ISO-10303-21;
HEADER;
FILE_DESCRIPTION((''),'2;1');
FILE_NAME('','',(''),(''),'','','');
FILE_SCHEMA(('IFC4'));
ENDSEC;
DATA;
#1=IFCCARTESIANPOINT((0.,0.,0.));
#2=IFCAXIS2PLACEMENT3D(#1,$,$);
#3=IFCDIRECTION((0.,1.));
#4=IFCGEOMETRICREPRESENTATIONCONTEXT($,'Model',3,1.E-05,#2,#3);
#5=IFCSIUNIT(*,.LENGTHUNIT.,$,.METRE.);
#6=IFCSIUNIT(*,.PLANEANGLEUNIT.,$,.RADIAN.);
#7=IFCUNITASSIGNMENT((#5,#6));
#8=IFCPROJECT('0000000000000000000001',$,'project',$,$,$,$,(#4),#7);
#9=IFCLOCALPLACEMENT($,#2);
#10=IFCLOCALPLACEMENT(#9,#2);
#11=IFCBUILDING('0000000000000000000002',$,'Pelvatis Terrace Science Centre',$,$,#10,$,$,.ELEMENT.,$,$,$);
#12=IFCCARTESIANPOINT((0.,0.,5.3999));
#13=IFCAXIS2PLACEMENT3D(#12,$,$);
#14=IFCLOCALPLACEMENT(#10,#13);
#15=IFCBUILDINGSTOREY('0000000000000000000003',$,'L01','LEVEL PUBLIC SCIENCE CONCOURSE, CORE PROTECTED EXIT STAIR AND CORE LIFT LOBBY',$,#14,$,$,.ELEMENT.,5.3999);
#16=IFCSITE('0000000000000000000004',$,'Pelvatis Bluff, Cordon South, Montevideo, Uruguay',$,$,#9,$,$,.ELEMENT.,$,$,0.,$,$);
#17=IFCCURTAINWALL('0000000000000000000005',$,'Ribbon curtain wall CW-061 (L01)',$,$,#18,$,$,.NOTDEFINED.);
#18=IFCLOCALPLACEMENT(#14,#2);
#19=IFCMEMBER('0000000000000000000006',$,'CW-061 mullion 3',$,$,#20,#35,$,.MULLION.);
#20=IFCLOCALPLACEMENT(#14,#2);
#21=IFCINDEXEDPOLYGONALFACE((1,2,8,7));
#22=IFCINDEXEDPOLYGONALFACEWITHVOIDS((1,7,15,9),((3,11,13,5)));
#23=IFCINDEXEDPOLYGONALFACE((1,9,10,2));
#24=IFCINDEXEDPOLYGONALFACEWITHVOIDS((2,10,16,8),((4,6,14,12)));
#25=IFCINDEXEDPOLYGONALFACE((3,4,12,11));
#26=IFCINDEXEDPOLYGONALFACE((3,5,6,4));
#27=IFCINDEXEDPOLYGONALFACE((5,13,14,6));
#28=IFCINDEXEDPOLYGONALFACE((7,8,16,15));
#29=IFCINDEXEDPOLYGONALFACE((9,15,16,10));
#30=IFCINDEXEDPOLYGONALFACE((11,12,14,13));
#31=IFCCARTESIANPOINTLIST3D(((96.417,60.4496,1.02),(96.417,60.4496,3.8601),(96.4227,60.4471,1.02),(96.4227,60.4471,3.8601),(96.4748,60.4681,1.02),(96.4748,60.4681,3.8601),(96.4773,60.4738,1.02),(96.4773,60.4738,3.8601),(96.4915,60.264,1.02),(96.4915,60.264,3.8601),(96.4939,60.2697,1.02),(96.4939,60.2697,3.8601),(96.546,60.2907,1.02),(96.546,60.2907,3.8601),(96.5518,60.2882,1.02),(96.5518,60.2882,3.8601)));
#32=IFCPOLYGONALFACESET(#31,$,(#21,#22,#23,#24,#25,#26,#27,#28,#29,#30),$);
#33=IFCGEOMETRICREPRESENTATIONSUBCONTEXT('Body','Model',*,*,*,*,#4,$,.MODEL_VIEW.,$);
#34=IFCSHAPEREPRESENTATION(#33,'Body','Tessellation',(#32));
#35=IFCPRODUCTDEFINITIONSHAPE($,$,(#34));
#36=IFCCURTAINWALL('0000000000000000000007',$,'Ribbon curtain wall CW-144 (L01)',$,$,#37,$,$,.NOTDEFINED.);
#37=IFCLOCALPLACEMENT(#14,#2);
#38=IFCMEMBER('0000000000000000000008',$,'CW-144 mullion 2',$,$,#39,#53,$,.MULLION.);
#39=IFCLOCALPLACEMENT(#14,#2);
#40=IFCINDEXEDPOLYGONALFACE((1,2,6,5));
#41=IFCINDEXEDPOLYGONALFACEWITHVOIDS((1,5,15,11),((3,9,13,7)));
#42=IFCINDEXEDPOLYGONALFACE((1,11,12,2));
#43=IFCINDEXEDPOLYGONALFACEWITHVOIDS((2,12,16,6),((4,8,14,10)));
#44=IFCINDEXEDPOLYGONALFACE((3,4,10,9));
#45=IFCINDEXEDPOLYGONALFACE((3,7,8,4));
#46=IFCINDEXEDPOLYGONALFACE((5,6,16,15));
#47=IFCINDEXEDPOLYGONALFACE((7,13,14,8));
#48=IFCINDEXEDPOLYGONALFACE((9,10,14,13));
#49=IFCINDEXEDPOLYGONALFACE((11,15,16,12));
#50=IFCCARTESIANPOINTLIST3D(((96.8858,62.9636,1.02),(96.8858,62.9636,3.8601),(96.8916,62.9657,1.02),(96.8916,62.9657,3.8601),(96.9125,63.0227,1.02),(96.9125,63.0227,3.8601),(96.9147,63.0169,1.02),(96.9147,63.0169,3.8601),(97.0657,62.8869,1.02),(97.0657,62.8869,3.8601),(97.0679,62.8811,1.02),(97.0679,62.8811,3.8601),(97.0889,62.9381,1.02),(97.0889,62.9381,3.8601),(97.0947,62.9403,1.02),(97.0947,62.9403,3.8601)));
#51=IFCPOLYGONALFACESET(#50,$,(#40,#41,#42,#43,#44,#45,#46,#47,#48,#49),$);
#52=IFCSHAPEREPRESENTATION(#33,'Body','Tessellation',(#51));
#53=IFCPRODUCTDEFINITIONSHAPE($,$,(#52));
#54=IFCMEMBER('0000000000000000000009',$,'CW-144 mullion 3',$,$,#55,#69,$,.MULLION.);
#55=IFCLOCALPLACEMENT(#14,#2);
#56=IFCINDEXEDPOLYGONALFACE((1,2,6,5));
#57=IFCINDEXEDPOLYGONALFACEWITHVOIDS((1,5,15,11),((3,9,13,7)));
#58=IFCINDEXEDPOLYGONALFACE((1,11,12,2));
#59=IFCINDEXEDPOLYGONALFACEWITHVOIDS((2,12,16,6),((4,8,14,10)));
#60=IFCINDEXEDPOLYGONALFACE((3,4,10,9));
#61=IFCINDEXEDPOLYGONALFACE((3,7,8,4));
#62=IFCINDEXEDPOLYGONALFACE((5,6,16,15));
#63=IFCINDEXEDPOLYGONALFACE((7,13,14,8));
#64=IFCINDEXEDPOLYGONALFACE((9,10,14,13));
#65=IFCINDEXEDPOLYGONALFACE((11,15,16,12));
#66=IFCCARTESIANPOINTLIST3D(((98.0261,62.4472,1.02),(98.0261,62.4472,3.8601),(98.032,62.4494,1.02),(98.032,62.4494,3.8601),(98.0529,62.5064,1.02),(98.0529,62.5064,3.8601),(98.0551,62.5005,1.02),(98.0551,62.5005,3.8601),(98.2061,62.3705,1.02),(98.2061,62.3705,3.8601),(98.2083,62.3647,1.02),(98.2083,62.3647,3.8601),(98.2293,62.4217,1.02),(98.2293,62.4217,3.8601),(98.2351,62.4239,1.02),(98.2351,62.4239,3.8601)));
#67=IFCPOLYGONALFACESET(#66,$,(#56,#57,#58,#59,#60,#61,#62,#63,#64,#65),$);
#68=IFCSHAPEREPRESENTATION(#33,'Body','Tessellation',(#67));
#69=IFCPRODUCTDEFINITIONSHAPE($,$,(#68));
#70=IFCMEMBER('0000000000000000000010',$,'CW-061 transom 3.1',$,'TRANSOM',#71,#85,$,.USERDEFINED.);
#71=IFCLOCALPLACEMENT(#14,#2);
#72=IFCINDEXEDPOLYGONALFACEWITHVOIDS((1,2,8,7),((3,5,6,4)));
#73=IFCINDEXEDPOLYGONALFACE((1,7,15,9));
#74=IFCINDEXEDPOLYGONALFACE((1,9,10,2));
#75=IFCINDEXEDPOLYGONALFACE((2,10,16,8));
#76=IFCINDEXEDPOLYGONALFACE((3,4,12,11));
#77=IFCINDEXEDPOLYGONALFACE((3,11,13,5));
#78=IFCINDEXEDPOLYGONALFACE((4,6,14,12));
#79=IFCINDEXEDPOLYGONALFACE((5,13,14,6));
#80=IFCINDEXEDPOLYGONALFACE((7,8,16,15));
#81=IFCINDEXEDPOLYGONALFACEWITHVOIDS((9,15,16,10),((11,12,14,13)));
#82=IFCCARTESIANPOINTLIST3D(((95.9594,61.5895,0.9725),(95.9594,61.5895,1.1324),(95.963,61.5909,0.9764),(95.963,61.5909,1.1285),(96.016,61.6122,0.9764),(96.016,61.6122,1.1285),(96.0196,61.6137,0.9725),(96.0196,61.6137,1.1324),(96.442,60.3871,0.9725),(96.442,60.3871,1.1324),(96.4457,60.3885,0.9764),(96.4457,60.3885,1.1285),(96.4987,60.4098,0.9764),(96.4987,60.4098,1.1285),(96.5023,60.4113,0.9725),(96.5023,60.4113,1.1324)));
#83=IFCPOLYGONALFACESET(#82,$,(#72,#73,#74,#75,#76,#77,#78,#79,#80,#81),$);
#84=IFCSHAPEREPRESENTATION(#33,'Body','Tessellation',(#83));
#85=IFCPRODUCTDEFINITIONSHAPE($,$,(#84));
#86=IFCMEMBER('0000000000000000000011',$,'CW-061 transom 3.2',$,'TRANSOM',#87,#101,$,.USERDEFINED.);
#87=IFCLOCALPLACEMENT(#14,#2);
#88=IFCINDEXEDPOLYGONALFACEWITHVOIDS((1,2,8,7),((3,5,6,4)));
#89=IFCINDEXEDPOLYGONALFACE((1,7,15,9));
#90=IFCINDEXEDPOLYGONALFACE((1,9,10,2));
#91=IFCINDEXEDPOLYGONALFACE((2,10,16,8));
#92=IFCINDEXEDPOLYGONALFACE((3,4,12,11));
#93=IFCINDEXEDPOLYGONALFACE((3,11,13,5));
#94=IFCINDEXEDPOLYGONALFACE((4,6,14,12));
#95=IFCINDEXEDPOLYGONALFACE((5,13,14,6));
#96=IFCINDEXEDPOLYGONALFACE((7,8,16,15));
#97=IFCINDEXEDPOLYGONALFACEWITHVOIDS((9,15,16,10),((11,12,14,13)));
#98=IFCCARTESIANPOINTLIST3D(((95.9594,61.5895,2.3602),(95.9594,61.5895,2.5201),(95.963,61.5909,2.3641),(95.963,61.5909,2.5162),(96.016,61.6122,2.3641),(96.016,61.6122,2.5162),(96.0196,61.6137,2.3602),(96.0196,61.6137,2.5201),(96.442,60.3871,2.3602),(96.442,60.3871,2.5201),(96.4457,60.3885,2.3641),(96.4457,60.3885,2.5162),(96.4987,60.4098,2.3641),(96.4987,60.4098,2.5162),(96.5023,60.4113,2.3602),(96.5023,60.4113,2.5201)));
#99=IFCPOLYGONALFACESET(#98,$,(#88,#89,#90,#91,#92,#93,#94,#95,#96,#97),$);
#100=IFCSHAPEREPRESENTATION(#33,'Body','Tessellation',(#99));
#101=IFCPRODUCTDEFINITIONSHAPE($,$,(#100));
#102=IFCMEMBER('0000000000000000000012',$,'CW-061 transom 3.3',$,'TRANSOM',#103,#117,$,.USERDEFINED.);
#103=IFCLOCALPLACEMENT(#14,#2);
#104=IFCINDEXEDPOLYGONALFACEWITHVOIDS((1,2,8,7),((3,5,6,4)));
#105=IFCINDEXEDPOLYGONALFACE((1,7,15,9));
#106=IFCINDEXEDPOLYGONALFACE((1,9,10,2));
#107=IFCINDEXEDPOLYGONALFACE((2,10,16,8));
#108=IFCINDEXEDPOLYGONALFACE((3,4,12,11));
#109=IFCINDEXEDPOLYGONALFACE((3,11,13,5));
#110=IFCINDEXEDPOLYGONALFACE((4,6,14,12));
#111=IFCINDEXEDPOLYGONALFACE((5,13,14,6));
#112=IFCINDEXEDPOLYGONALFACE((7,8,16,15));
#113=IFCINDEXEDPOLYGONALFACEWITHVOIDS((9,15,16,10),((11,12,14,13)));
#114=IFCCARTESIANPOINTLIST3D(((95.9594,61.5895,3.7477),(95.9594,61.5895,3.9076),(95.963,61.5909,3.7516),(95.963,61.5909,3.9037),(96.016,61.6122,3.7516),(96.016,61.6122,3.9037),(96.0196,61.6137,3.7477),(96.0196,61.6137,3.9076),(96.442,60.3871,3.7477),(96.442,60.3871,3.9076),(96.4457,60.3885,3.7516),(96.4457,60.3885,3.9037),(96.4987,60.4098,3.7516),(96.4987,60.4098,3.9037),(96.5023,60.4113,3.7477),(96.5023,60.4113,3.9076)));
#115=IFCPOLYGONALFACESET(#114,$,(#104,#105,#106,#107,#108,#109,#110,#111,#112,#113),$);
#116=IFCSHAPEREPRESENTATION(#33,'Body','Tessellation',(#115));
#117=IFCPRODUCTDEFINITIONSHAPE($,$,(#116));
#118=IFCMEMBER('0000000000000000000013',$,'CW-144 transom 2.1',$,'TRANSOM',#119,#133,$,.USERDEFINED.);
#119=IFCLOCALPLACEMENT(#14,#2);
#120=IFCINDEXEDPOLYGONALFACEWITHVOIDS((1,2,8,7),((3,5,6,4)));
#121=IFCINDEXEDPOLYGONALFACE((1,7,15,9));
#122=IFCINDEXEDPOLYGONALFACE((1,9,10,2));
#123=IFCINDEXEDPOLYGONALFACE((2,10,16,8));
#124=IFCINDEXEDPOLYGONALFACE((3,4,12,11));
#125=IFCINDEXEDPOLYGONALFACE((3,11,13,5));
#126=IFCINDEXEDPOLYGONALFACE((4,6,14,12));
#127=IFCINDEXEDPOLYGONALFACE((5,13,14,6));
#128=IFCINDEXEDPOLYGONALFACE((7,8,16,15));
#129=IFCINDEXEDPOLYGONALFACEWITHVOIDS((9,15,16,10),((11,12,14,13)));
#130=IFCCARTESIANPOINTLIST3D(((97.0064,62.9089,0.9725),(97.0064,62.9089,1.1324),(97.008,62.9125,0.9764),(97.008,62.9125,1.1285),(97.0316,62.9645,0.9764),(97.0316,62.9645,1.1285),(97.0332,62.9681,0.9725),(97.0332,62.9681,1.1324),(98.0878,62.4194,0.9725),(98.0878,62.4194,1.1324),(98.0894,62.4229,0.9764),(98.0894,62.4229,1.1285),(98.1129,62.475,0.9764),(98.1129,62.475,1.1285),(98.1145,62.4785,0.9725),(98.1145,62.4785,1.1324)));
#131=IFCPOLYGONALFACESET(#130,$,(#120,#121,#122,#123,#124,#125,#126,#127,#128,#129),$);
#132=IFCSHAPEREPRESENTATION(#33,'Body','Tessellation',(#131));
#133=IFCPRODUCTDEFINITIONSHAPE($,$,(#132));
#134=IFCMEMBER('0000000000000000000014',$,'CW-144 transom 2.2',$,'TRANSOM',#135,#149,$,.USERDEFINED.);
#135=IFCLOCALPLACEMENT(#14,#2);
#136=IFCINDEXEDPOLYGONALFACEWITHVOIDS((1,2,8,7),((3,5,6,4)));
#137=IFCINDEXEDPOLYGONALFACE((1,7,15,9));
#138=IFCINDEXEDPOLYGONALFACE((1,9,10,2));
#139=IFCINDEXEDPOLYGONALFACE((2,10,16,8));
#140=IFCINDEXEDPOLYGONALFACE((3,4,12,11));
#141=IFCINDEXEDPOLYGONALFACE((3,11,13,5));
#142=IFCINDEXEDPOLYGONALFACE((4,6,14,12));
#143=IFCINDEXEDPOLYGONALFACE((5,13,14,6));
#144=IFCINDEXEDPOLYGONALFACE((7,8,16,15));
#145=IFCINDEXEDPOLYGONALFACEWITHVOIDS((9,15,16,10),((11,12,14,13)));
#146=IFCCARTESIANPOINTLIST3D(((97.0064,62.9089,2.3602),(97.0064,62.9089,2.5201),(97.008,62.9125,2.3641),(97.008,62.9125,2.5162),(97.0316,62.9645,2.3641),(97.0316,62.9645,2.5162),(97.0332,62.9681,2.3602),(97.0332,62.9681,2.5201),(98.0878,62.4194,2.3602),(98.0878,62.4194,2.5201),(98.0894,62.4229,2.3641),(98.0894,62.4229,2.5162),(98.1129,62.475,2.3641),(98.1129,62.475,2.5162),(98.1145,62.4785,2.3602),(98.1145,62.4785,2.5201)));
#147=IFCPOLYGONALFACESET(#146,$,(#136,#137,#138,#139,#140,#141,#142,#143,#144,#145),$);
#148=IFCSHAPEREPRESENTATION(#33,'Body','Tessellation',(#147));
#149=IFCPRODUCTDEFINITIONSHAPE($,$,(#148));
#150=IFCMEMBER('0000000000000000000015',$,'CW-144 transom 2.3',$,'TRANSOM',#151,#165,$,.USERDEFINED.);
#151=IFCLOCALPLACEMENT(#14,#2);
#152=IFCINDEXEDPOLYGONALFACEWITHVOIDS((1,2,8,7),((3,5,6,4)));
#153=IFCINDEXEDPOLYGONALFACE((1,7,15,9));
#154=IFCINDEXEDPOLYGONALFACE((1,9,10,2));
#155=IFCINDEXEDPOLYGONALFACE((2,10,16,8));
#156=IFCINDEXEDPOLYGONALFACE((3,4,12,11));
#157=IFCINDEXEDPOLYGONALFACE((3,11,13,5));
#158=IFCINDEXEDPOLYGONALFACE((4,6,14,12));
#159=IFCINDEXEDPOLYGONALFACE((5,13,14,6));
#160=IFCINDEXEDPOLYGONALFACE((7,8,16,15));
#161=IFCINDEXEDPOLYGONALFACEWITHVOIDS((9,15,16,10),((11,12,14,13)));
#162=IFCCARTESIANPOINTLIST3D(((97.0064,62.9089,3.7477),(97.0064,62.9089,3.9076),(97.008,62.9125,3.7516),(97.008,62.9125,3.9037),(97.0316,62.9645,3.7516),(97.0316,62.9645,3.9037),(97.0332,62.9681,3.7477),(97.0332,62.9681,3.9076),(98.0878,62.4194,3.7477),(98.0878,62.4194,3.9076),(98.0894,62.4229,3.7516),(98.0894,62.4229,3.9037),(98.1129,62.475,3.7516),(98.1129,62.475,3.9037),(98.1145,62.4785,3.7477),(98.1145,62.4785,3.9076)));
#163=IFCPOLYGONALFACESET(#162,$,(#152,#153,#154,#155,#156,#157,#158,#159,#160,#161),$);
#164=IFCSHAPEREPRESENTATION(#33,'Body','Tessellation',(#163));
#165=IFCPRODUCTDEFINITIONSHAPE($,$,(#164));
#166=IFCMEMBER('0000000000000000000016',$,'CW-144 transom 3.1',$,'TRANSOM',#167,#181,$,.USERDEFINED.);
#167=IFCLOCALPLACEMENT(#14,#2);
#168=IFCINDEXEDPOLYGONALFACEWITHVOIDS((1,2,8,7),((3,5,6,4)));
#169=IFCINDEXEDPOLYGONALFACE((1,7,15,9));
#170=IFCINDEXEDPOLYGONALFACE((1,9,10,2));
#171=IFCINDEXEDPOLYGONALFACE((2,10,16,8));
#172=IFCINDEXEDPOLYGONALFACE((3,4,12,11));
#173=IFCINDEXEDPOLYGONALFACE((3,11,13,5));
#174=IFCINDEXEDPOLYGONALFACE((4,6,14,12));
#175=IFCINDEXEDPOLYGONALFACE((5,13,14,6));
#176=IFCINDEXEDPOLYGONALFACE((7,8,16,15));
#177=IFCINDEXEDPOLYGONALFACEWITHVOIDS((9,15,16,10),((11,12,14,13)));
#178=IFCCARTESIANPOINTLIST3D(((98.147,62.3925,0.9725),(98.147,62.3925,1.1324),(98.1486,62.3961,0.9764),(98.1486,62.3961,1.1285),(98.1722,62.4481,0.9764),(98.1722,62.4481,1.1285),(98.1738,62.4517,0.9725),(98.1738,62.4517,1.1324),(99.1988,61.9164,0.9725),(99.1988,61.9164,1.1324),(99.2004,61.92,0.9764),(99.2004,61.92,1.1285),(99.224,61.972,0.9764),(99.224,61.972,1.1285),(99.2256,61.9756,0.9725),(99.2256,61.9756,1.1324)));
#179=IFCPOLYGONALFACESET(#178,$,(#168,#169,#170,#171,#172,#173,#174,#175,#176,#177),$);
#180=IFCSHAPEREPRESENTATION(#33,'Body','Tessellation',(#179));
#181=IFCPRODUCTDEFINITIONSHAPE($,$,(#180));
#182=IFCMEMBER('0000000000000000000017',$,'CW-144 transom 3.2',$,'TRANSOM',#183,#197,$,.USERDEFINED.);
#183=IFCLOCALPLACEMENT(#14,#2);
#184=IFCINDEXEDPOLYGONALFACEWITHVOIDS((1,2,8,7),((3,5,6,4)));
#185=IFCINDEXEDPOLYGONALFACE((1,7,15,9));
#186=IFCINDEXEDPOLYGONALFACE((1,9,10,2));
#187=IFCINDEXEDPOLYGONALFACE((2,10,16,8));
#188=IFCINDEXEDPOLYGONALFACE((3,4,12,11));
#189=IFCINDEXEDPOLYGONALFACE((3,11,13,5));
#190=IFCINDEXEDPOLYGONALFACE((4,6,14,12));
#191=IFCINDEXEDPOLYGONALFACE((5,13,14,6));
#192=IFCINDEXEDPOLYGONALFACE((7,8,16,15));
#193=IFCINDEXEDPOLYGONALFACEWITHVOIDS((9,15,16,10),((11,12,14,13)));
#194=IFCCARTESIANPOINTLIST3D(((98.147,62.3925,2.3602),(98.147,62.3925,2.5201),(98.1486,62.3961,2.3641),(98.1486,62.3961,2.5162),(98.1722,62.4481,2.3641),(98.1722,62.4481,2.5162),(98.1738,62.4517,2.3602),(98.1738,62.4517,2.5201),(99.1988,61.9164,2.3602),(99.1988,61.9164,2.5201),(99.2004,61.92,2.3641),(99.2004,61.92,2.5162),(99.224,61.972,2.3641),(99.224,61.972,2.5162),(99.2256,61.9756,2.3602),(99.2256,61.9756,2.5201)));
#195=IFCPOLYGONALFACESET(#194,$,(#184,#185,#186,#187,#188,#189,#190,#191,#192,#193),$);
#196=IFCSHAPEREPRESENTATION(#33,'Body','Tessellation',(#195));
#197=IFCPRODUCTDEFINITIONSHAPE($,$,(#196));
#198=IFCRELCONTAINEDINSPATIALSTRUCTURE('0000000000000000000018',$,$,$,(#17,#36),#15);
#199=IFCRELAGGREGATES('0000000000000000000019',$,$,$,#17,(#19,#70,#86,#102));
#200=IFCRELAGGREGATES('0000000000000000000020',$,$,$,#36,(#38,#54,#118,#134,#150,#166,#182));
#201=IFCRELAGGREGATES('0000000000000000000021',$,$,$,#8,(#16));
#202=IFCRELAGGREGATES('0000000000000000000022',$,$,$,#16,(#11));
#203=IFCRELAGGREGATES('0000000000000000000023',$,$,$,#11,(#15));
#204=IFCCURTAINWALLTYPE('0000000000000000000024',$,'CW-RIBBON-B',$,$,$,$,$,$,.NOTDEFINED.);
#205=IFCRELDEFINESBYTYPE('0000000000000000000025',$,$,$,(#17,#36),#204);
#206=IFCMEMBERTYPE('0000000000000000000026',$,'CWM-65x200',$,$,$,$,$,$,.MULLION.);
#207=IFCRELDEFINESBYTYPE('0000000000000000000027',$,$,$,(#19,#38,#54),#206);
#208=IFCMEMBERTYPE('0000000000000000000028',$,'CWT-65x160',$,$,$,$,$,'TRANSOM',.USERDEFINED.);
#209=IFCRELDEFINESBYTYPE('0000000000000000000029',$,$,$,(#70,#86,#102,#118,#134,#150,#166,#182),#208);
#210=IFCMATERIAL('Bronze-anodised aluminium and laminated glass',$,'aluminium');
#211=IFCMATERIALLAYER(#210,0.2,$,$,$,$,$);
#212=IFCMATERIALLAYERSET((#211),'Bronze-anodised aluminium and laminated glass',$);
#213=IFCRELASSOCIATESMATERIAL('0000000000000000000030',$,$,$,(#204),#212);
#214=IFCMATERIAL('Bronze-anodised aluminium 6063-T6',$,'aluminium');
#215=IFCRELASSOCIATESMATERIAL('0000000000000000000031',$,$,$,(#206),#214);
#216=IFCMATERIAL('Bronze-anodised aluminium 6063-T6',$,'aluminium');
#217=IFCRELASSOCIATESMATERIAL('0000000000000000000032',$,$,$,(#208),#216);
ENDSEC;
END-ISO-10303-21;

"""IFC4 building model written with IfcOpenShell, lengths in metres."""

from ifc_helpers import new_model, si_unit, direction, frame, origin, origin_2d, place, context, subcontext, project, spatial, hollow_rectangle, extrude, material, layer, layer_set, material_profile, profile_set, type_object, element, aggregate, save


model = new_model("IFC4")

# Units and contexts
model_context = context("Model", 3, precision=1e-05, world=origin(), true_north=direction((0.0, 1.0)))
body_context = subcontext(model_context, "Body", "Model", "MODEL_VIEW")
ifc_project = project(units=[si_unit("LENGTHUNIT", "METRE"), si_unit("PLANEANGLEUNIT", "RADIAN")], contexts=[model_context])

# Site, building, storey
site_placement = place(None, origin())
site = spatial("IfcSite", under=ifc_project, at=site_placement, Name="Pelvatis Bluff, Cordon South, Montevideo, Uruguay", CompositionType="ELEMENT", RefElevation=0.0)
building_placement = place(site_placement, origin())
building = spatial("IfcBuilding", under=site, at=building_placement, Name="Pelvatis Terrace Science Centre", CompositionType="ELEMENT")
storey_placement = place(building_placement, frame((0.0, 0.0, 5.3999)))
storey = spatial("IfcBuildingStorey", under=building, at=storey_placement, Name="L01", Description="LEVEL PUBLIC SCIENCE CONCOURSE, CORE PROTECTED EXIT STAIR AND CORE LIFT LOBBY", CompositionType="ELEMENT", Elevation=5.3999)

# Curtain wall, member
ifc_material_1 = material(Name="Bronze-anodised aluminium and laminated glass", Category="aluminium")
ifc_layer_1 = layer(ifc_material_1, 0.2)
ifc_layer_set_1 = layer_set([ifc_layer_1], Name="Bronze-anodised aluminium and laminated glass")
curtain_wall_type = type_object("IfcCurtainWallType", Name="CW-RIBBON-B", PredefinedType="NOTDEFINED", material=ifc_layer_set_1)
curtain_wall_1_placement = place(storey_placement, origin())
curtain_wall_1 = element("IfcCurtainWall", 1, at=curtain_wall_1_placement, inside=storey, type_object=curtain_wall_type, Name="Ribbon curtain wall CW-061 (L01)", PredefinedType="NOTDEFINED")
ifc_material_2 = material(Name="Bronze-anodised aluminium 6063-T6", Category="aluminium")
ifc_material_profile_1 = material_profile(ifc_material_2, hollow_rectangle(XDim=0.0649, YDim=0.2, WallThickness=0.0044, at=origin_2d()), Name="ALU-MUL 65x200")
ifc_profile_set_1 = profile_set([ifc_material_profile_1], Name="Bronze-anodised aluminium 6063-T6")
member_type_1 = type_object("IfcMemberType", Name="CWM-65x200", PredefinedType="MULLION", material=ifc_profile_set_1)
member_1_placement = place(storey_placement, frame((96.4844, 60.3689, 1.02), z_axis=(0.0, 0.0, 1.0), x_axis=(-0.92803, -0.372504, 0.0)))
member_1 = element("IfcMember", 2, at=member_1_placement, type_object=member_type_1, Name="CW-061 mullion 3", PredefinedType="MULLION", context=body_context, shape_type="SweptSolid", body=[
    extrude(hollow_rectangle(XDim=0.0649, YDim=0.2, WallThickness=0.0044, at=origin_2d()), origin(), (0.0, 0.0, 1.0), 2.8401),
])

# Curtain wall, members
curtain_wall_2_placement = place(storey_placement, origin())
curtain_wall_2 = element("IfcCurtainWall", 3, at=curtain_wall_2_placement, inside=storey, type_object=curtain_wall_type, Name="Ribbon curtain wall CW-144 (L01)", PredefinedType="NOTDEFINED")
member_2_placement = place(storey_placement, frame((96.9902, 62.9519, 1.02), z_axis=(0.0, 0.0, 1.0), x_axis=(0.41243, 0.910989, 0.0)))
member_2 = element("IfcMember", 4, at=member_2_placement, type_object=member_type_1, Name="CW-144 mullion 2", PredefinedType="MULLION", context=body_context, shape_type="SweptSolid", body=[
    extrude(hollow_rectangle(XDim=0.0649, YDim=0.2, WallThickness=0.0044, at=origin_2d()), origin(), (0.0, 0.0, 1.0), 2.8401),
])
member_3_placement = place(storey_placement, frame((98.1306, 62.4355, 1.02), z_axis=(0.0, 0.0, 1.0), x_axis=(0.41243, 0.910989, 0.0)))
member_3 = element("IfcMember", 5, at=member_3_placement, type_object=member_type_1, Name="CW-144 mullion 3", PredefinedType="MULLION", context=body_context, shape_type="SweptSolid", body=[
    extrude(hollow_rectangle(XDim=0.0649, YDim=0.2, WallThickness=0.0044, at=origin_2d()), origin(), (0.0, 0.0, 1.0), 2.8401),
])

# Members
ifc_material_3 = material(Name="Bronze-anodised aluminium 6063-T6", Category="aluminium")
ifc_material_profile_2 = material_profile(ifc_material_3, hollow_rectangle(XDim=0.0649, YDim=0.1599, WallThickness=0.0039, at=origin_2d()), Name="ALU-TRN 65x160")
ifc_profile_set_2 = profile_set([ifc_material_profile_2], Name="Bronze-anodised aluminium 6063-T6")
member_type_2 = type_object("IfcMemberType", Name="CWT-65x160", ElementType="TRANSOM", PredefinedType="USERDEFINED", material=ifc_profile_set_2)
member_4_placement = place(storey_placement, frame((96.4722, 60.3992, 1.0525), z_axis=(-0.372527, 0.928021, 0.0), x_axis=(-0.928021, -0.372527, 0.0)))
member_4 = element("IfcMember", 6, at=member_4_placement, type_object=member_type_2, Name="CW-061 transom 3.1", ObjectType="TRANSOM", PredefinedType="USERDEFINED", context=body_context, shape_type="SweptSolid", body=[
    extrude(hollow_rectangle(XDim=0.0649, YDim=0.1599, WallThickness=0.0039, at=origin_2d()), origin(), (0.0, 0.0, 1.0), 1.2957),
])
member_5_placement = place(storey_placement, frame((96.4722, 60.3992, 2.4402), z_axis=(-0.372527, 0.928021, 0.0), x_axis=(-0.928021, -0.372527, 0.0)))
member_5 = element("IfcMember", 7, at=member_5_placement, type_object=member_type_2, Name="CW-061 transom 3.2", ObjectType="TRANSOM", PredefinedType="USERDEFINED", context=body_context, shape_type="SweptSolid", body=[
    extrude(hollow_rectangle(XDim=0.0649, YDim=0.1599, WallThickness=0.0039, at=origin_2d()), origin(), (0.0, 0.0, 1.0), 1.2957),
])
member_6_placement = place(storey_placement, frame((96.4722, 60.3992, 3.8276), z_axis=(-0.372527, 0.928021, 0.0), x_axis=(-0.928021, -0.372527, 0.0)))
member_6 = element("IfcMember", 8, at=member_6_placement, type_object=member_type_2, Name="CW-061 transom 3.3", ObjectType="TRANSOM", PredefinedType="USERDEFINED", context=body_context, shape_type="SweptSolid", body=[
    extrude(hollow_rectangle(XDim=0.0649, YDim=0.1599, WallThickness=0.0039, at=origin_2d()), origin(), (0.0, 0.0, 1.0), 1.2957),
])
member_7_placement = place(storey_placement, frame((97.0198, 62.9385, 1.0525), z_axis=(0.910999, -0.412408, 0.0), x_axis=(0.412408, 0.910999, 0.0)))
member_7 = element("IfcMember", 9, at=member_7_placement, type_object=member_type_2, Name="CW-144 transom 2.1", ObjectType="TRANSOM", PredefinedType="USERDEFINED", context=body_context, shape_type="SweptSolid", body=[
    extrude(hollow_rectangle(XDim=0.0649, YDim=0.1599, WallThickness=0.0039, at=origin_2d()), origin(), (0.0, 0.0, 1.0), 1.187),
])
member_8_placement = place(storey_placement, frame((97.0198, 62.9385, 2.4402), z_axis=(0.910999, -0.412408, 0.0), x_axis=(0.412408, 0.910999, 0.0)))
member_8 = element("IfcMember", 10, at=member_8_placement, type_object=member_type_2, Name="CW-144 transom 2.2", ObjectType="TRANSOM", PredefinedType="USERDEFINED", context=body_context, shape_type="SweptSolid", body=[
    extrude(hollow_rectangle(XDim=0.0649, YDim=0.1599, WallThickness=0.0039, at=origin_2d()), origin(), (0.0, 0.0, 1.0), 1.187),
])
member_9_placement = place(storey_placement, frame((97.0198, 62.9385, 3.8276), z_axis=(0.910999, -0.412408, 0.0), x_axis=(0.412408, 0.910999, 0.0)))
member_9 = element("IfcMember", 11, at=member_9_placement, type_object=member_type_2, Name="CW-144 transom 2.3", ObjectType="TRANSOM", PredefinedType="USERDEFINED", context=body_context, shape_type="SweptSolid", body=[
    extrude(hollow_rectangle(XDim=0.0649, YDim=0.1599, WallThickness=0.0039, at=origin_2d()), origin(), (0.0, 0.0, 1.0), 1.187),
])
member_10_placement = place(storey_placement, frame((98.1604, 62.4221, 1.0525), z_axis=(0.911017, -0.412368, 0.0), x_axis=(0.412368, 0.911017, 0.0)))
member_10 = element("IfcMember", 12, at=member_10_placement, type_object=member_type_2, Name="CW-144 transom 3.1", ObjectType="TRANSOM", PredefinedType="USERDEFINED", context=body_context, shape_type="SweptSolid", body=[
    extrude(hollow_rectangle(XDim=0.0649, YDim=0.1599, WallThickness=0.0039, at=origin_2d()), origin(), (0.0, 0.0, 1.0), 1.1545),
])
member_11_placement = place(storey_placement, frame((98.1604, 62.4221, 2.4402), z_axis=(0.911017, -0.412368, 0.0), x_axis=(0.412368, 0.911017, 0.0)))
member_11 = element("IfcMember", 13, at=member_11_placement, type_object=member_type_2, Name="CW-144 transom 3.2", ObjectType="TRANSOM", PredefinedType="USERDEFINED", context=body_context, shape_type="SweptSolid", body=[
    extrude(hollow_rectangle(XDim=0.0649, YDim=0.1599, WallThickness=0.0039, at=origin_2d()), origin(), (0.0, 0.0, 1.0), 1.1545),
])

aggregate(curtain_wall_1, [member_1, member_4, member_5, member_6])
aggregate(curtain_wall_2, [member_2, member_3, member_7, member_8, member_9, member_10, member_11])

save(model, "model.ifc")
